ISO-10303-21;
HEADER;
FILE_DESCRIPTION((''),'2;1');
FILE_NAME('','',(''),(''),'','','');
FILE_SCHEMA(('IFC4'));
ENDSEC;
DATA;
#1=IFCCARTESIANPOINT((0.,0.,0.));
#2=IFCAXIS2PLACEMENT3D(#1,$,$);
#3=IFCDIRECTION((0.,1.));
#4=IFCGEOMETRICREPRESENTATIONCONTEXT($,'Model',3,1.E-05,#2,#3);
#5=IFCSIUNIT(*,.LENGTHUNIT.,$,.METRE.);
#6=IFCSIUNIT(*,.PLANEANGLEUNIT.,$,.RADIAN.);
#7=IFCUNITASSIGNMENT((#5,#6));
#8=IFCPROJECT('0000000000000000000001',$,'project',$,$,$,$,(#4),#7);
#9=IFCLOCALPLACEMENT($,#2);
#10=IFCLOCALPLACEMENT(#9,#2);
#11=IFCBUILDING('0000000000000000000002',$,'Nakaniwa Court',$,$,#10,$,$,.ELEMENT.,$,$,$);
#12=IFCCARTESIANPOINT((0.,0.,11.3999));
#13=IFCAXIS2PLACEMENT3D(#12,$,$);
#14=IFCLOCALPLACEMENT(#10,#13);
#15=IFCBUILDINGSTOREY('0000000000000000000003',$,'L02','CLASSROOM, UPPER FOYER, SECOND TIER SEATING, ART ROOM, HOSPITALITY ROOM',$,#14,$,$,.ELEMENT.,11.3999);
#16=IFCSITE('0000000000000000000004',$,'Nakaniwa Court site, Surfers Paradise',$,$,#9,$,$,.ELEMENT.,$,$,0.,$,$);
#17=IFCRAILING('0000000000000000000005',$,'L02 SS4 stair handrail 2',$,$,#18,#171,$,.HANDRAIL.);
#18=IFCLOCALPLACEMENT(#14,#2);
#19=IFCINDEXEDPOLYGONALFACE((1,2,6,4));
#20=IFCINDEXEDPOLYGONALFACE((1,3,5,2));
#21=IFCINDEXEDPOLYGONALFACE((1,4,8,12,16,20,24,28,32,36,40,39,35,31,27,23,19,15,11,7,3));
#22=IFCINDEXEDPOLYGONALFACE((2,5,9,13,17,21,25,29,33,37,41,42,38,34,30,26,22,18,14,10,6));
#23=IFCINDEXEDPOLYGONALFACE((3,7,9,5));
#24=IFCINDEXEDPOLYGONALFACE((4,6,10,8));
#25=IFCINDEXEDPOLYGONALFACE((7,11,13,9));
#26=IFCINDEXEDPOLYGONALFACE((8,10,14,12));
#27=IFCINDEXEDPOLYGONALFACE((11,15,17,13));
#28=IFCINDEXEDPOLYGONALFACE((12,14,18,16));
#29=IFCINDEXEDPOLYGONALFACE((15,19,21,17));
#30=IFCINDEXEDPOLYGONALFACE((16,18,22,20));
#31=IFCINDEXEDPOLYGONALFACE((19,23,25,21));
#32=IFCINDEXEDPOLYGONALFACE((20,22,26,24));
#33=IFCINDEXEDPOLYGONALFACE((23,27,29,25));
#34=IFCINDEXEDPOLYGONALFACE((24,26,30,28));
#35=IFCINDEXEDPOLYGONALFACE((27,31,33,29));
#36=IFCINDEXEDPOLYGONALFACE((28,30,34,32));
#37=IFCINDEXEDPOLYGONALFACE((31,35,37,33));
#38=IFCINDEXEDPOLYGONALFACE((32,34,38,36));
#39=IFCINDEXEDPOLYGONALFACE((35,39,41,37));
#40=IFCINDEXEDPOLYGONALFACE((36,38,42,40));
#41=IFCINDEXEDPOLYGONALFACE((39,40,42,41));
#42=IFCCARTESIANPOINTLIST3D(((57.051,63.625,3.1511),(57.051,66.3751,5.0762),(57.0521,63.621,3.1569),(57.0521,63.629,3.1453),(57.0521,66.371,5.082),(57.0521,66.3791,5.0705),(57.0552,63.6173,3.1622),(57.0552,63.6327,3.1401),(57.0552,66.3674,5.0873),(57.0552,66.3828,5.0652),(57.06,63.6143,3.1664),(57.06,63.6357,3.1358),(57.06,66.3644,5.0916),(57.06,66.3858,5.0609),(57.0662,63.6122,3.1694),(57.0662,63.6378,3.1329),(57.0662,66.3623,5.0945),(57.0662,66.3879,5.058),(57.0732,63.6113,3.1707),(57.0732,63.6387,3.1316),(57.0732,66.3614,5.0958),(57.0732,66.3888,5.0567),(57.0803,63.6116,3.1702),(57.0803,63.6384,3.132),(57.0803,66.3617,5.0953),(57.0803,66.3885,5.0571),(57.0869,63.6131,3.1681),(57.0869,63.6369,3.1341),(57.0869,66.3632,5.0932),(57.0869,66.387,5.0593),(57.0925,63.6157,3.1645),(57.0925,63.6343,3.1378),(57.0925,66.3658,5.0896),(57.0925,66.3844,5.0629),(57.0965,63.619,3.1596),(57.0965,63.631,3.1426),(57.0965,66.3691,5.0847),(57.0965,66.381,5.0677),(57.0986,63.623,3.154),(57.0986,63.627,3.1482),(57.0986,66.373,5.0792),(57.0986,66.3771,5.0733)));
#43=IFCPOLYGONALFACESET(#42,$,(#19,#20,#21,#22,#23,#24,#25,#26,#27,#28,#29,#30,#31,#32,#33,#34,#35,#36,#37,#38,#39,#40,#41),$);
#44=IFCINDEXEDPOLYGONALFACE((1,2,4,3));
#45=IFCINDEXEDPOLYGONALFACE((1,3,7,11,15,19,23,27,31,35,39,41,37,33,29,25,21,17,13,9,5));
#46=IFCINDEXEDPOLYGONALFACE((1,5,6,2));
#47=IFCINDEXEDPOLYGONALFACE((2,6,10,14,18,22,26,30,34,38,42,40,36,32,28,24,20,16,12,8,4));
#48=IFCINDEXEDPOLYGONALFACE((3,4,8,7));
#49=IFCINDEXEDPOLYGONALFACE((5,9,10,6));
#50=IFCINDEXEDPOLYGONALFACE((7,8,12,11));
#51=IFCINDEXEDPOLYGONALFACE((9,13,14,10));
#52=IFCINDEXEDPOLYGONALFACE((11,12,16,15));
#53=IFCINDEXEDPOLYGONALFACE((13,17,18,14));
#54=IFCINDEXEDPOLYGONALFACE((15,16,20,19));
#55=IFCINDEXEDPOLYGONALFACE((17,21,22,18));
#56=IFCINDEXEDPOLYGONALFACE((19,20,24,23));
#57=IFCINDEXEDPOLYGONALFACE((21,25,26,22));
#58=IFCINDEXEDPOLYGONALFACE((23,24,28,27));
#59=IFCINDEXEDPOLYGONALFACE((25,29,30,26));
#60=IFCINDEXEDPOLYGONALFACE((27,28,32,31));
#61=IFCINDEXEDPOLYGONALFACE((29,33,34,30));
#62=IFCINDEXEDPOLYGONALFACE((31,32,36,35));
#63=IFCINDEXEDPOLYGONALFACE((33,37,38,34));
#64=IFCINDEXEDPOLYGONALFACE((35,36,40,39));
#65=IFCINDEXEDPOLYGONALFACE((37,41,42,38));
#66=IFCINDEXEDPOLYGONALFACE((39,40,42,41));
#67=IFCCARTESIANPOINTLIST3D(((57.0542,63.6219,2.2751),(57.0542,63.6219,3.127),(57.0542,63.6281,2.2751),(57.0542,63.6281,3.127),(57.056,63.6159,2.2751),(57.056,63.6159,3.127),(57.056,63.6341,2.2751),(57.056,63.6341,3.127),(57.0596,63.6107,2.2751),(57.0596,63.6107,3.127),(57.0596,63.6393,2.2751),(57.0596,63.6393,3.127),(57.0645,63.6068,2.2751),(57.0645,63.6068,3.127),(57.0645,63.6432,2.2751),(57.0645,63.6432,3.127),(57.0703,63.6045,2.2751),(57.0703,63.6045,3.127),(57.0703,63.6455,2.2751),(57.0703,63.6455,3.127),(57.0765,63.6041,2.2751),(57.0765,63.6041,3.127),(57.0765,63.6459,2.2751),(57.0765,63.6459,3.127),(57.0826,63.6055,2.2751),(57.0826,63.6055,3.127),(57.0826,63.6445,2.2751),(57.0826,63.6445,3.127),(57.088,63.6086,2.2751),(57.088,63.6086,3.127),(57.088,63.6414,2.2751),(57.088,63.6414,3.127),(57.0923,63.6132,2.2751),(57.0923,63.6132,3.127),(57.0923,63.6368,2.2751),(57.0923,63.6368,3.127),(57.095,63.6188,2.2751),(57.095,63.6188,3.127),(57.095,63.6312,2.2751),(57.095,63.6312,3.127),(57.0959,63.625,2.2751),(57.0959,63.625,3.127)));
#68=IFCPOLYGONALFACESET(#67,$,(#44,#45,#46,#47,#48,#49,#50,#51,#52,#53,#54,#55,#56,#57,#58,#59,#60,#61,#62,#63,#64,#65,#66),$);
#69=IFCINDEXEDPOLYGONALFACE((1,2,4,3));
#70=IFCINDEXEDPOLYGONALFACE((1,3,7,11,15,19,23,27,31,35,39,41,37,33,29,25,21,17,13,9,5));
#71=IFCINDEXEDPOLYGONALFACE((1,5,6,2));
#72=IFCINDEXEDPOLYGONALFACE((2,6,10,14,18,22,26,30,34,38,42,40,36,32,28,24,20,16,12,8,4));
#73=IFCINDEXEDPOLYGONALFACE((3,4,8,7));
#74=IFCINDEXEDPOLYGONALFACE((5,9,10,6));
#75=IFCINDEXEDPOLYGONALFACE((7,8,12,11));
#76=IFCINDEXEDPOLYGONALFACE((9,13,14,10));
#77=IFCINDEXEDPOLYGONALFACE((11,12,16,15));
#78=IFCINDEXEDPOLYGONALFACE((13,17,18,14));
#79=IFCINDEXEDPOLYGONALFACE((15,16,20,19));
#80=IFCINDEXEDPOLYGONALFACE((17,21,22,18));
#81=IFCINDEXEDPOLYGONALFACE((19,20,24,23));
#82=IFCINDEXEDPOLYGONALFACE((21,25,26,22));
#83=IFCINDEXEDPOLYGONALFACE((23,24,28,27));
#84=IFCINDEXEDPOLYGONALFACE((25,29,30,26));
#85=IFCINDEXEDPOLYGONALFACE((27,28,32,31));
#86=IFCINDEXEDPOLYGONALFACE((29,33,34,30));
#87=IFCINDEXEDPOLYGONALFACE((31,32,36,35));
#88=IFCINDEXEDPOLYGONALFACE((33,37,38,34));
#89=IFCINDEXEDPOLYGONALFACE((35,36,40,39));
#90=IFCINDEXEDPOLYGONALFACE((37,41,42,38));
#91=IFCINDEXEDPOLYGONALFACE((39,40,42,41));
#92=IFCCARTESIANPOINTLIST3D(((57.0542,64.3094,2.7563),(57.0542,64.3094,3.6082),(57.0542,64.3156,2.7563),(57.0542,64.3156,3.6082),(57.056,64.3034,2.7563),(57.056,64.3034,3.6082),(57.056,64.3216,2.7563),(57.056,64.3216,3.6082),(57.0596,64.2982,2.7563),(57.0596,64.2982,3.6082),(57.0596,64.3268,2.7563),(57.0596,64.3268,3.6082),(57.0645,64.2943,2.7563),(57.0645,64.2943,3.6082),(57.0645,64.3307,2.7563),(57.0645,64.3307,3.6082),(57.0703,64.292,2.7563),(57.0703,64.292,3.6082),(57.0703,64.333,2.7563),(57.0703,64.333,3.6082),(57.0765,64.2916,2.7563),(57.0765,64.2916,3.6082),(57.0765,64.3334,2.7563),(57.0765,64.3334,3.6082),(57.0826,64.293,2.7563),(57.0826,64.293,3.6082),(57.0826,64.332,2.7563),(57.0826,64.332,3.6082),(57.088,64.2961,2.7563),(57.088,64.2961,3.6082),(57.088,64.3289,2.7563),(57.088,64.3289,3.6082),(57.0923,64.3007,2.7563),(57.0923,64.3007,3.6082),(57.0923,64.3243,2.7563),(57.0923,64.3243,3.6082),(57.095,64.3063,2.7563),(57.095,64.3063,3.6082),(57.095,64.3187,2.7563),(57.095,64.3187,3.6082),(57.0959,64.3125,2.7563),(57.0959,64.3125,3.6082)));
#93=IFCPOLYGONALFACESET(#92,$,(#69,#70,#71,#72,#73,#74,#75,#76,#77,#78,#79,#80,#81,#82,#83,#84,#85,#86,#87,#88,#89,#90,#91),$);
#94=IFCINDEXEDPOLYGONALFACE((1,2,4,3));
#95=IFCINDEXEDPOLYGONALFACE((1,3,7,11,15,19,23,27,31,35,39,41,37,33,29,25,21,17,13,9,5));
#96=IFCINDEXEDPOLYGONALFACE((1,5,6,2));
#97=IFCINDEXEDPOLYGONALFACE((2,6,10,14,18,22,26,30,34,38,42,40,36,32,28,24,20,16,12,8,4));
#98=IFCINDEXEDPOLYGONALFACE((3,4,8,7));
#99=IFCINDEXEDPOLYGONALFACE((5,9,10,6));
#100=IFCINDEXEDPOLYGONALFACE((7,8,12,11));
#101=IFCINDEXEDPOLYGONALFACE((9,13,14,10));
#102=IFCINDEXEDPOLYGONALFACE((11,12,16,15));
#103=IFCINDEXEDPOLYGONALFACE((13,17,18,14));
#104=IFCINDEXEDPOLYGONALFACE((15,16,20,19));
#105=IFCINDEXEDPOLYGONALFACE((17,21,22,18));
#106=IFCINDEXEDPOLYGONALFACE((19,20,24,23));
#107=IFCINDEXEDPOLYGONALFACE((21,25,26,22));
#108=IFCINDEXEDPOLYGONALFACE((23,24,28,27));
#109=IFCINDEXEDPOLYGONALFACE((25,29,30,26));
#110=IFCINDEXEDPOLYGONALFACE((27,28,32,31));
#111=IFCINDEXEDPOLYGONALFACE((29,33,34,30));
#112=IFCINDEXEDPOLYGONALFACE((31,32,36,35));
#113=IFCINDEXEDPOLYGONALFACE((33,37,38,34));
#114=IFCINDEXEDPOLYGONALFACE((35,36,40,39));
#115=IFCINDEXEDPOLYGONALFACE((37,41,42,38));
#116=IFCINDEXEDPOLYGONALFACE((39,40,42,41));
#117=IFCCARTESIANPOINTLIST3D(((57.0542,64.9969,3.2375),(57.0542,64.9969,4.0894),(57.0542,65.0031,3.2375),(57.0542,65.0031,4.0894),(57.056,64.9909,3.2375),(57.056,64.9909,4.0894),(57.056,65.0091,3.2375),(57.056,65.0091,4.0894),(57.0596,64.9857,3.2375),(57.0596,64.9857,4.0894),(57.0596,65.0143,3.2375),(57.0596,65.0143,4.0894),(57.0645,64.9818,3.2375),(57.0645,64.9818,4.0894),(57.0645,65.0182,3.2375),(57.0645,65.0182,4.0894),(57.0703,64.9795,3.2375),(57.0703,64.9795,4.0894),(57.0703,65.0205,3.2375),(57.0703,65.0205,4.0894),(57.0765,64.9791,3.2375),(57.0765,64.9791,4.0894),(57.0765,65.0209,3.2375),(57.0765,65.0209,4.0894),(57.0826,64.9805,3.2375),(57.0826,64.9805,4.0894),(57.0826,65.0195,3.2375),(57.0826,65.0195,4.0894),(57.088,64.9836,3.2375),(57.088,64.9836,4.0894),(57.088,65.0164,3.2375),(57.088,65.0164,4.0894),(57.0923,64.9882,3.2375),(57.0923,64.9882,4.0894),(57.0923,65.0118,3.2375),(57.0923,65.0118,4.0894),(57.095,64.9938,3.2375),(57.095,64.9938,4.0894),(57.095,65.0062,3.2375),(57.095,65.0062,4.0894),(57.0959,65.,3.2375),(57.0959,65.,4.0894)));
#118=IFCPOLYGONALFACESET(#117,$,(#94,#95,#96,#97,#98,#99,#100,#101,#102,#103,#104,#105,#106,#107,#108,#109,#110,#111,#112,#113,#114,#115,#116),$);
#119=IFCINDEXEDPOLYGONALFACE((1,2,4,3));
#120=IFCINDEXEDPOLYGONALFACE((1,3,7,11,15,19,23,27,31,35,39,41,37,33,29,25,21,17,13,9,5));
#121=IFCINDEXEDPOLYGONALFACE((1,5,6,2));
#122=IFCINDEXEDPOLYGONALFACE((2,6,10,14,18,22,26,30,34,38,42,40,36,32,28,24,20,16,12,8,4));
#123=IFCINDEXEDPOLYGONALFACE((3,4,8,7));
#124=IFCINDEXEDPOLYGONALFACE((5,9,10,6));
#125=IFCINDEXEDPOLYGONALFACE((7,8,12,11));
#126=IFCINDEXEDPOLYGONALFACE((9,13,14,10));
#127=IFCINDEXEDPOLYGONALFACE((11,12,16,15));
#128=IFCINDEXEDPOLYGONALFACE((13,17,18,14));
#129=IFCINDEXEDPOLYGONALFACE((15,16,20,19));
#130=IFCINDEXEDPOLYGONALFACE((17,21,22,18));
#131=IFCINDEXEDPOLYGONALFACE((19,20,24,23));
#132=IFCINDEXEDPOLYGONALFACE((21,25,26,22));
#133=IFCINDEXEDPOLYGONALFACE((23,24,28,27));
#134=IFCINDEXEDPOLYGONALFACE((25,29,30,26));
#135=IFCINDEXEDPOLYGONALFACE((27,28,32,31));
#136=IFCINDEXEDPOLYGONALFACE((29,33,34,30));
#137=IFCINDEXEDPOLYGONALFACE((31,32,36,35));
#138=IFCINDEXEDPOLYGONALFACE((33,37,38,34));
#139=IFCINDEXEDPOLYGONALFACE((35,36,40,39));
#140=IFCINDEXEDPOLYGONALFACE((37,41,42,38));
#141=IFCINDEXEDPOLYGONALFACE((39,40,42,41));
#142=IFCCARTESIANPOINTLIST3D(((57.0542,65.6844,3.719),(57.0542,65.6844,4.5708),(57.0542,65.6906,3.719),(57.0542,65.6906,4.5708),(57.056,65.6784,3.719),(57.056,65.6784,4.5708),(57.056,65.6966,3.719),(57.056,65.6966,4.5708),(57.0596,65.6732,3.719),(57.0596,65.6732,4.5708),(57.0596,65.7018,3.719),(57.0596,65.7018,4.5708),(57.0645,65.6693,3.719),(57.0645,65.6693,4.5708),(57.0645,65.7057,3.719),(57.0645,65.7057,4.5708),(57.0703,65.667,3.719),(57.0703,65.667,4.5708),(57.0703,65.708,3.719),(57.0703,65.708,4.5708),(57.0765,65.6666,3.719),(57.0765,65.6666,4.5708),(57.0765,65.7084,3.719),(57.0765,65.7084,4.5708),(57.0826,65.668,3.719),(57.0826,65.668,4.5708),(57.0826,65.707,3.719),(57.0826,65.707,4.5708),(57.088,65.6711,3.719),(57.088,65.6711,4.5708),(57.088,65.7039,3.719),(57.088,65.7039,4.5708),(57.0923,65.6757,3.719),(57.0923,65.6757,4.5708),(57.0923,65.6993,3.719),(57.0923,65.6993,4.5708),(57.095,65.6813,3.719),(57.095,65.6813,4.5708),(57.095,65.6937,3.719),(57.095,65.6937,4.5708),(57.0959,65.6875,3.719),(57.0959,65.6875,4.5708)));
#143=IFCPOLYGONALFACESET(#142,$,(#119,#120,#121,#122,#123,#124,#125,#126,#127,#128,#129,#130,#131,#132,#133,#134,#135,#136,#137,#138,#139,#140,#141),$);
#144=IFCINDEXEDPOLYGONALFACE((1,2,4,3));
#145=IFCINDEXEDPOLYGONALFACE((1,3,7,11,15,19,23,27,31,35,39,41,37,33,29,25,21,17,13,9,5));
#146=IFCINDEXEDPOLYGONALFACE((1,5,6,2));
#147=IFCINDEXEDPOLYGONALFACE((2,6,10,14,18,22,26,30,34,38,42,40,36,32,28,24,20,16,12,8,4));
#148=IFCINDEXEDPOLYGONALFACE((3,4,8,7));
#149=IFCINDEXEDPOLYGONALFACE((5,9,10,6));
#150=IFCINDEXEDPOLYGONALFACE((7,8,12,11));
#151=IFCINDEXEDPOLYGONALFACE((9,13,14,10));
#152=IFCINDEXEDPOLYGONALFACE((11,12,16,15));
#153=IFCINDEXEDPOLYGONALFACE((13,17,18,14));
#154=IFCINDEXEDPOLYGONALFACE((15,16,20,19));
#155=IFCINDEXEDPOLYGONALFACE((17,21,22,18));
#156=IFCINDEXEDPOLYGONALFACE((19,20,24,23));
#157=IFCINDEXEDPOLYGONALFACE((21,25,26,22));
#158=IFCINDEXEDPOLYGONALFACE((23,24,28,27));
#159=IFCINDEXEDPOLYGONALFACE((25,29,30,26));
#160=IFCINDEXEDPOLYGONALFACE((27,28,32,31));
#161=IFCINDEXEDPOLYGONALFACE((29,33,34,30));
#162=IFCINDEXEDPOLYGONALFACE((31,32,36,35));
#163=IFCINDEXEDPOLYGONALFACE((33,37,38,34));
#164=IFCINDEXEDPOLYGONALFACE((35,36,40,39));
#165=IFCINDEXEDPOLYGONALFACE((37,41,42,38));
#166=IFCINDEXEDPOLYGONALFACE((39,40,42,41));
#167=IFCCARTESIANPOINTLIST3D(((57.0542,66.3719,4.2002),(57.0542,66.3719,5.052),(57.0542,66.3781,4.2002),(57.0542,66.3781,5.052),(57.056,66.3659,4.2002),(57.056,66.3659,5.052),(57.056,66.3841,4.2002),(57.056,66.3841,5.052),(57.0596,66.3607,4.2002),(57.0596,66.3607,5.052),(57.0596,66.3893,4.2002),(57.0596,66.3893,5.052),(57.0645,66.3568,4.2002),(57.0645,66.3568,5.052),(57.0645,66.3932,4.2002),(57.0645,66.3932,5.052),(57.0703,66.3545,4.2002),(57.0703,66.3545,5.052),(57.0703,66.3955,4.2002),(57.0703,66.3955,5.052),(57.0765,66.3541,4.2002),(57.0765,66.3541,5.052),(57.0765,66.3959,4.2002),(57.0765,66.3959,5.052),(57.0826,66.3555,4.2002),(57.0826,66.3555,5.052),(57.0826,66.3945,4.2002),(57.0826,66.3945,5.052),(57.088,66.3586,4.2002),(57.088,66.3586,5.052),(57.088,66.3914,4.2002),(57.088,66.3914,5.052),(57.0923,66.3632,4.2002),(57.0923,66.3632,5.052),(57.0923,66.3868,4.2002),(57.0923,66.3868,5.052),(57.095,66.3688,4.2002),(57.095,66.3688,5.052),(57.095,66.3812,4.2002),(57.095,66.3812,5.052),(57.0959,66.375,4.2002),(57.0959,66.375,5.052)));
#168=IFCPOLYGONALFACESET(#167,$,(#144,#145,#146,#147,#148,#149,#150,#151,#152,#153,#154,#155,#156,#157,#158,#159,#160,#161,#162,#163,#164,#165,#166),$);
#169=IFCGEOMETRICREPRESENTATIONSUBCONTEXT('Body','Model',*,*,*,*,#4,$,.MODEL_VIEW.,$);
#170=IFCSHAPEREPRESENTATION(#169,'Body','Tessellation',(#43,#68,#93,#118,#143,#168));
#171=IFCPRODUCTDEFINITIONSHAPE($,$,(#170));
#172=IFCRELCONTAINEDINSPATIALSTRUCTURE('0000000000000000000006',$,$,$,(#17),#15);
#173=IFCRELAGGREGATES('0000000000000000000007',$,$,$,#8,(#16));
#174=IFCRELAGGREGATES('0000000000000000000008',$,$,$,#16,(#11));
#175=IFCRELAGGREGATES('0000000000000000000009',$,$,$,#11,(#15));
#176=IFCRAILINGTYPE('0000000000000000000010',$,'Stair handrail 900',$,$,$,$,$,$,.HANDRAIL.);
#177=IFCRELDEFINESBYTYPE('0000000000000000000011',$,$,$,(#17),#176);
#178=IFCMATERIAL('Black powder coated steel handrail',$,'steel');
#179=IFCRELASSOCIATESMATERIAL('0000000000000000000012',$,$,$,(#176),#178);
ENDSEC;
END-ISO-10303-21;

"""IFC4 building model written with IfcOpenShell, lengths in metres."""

from ifc_helpers import new_model, si_unit, direction, frame, origin, origin_2d, place, context, subcontext, project, spatial, circle, extrude, material, type_object, element, save


model = new_model("IFC4")

# Units and contexts
model_context = context("Model", 3, precision=1e-05, world=origin(), true_north=direction((0.0, 1.0)))
body_context = subcontext(model_context, "Body", "Model", "MODEL_VIEW")
ifc_project = project(units=[si_unit("LENGTHUNIT", "METRE"), si_unit("PLANEANGLEUNIT", "RADIAN")], contexts=[model_context])

# Site, building, storey
site_placement = place(None, origin())
site = spatial("IfcSite", under=ifc_project, at=site_placement, Name="Nakaniwa Court site, Surfers Paradise", CompositionType="ELEMENT", RefElevation=0.0)
building_placement = place(site_placement, origin())
building = spatial("IfcBuilding", under=site, at=building_placement, Name="Nakaniwa Court", CompositionType="ELEMENT")
storey_placement = place(building_placement, frame((0.0, 0.0, 11.3999)))
storey = spatial("IfcBuildingStorey", under=building, at=storey_placement, Name="L02", Description="CLASSROOM, UPPER FOYER, SECOND TIER SEATING, ART ROOM, HOSPITALITY ROOM", CompositionType="ELEMENT", Elevation=11.3999)

# Railing
ifc_material_1 = material(Name="Black powder coated steel handrail", Category="steel")
railing_type_1 = type_object("IfcRailingType", Name="Stair handrail 900", PredefinedType="HANDRAIL", material=ifc_material_1)
railing_1_placement = place(storey_placement, frame((57.075, 63.625, 2.2751)))
element("IfcRailing", 1, at=railing_1_placement, inside=storey, type_object=railing_type_1, Name="L02 SS4 stair handrail 2", PredefinedType="HANDRAIL", context=body_context, shape_type="SweptSolid", body=[
    extrude(circle(Radius=0.0239, at=origin_2d()), frame((0.0, 0.0, 0.876), z_axis=(0.0, 0.819225, 0.573472), x_axis=(-1.0, 0.0, 0.0)), (0.0, 0.0, 1.0), 3.3569),
    extrude(circle(Radius=0.021, at=origin_2d()), origin(), (0.0, 0.0, 1.0), 0.8518),
    extrude(circle(Radius=0.021, at=origin_2d()), frame((0.0, 0.6875, 0.4812)), (0.0, 0.0, 1.0), 0.8518),
    extrude(circle(Radius=0.021, at=origin_2d()), frame((0.0, 1.375, 0.9624)), (0.0, 0.0, 1.0), 0.8518),
    extrude(circle(Radius=0.021, at=origin_2d()), frame((0.0, 2.0625, 1.4438)), (0.0, 0.0, 1.0), 0.8518),
    extrude(circle(Radius=0.021, at=origin_2d()), frame((0.0, 2.75, 1.925)), (0.0, 0.0, 1.0), 0.8518),
])

save(model, "model.ifc")
